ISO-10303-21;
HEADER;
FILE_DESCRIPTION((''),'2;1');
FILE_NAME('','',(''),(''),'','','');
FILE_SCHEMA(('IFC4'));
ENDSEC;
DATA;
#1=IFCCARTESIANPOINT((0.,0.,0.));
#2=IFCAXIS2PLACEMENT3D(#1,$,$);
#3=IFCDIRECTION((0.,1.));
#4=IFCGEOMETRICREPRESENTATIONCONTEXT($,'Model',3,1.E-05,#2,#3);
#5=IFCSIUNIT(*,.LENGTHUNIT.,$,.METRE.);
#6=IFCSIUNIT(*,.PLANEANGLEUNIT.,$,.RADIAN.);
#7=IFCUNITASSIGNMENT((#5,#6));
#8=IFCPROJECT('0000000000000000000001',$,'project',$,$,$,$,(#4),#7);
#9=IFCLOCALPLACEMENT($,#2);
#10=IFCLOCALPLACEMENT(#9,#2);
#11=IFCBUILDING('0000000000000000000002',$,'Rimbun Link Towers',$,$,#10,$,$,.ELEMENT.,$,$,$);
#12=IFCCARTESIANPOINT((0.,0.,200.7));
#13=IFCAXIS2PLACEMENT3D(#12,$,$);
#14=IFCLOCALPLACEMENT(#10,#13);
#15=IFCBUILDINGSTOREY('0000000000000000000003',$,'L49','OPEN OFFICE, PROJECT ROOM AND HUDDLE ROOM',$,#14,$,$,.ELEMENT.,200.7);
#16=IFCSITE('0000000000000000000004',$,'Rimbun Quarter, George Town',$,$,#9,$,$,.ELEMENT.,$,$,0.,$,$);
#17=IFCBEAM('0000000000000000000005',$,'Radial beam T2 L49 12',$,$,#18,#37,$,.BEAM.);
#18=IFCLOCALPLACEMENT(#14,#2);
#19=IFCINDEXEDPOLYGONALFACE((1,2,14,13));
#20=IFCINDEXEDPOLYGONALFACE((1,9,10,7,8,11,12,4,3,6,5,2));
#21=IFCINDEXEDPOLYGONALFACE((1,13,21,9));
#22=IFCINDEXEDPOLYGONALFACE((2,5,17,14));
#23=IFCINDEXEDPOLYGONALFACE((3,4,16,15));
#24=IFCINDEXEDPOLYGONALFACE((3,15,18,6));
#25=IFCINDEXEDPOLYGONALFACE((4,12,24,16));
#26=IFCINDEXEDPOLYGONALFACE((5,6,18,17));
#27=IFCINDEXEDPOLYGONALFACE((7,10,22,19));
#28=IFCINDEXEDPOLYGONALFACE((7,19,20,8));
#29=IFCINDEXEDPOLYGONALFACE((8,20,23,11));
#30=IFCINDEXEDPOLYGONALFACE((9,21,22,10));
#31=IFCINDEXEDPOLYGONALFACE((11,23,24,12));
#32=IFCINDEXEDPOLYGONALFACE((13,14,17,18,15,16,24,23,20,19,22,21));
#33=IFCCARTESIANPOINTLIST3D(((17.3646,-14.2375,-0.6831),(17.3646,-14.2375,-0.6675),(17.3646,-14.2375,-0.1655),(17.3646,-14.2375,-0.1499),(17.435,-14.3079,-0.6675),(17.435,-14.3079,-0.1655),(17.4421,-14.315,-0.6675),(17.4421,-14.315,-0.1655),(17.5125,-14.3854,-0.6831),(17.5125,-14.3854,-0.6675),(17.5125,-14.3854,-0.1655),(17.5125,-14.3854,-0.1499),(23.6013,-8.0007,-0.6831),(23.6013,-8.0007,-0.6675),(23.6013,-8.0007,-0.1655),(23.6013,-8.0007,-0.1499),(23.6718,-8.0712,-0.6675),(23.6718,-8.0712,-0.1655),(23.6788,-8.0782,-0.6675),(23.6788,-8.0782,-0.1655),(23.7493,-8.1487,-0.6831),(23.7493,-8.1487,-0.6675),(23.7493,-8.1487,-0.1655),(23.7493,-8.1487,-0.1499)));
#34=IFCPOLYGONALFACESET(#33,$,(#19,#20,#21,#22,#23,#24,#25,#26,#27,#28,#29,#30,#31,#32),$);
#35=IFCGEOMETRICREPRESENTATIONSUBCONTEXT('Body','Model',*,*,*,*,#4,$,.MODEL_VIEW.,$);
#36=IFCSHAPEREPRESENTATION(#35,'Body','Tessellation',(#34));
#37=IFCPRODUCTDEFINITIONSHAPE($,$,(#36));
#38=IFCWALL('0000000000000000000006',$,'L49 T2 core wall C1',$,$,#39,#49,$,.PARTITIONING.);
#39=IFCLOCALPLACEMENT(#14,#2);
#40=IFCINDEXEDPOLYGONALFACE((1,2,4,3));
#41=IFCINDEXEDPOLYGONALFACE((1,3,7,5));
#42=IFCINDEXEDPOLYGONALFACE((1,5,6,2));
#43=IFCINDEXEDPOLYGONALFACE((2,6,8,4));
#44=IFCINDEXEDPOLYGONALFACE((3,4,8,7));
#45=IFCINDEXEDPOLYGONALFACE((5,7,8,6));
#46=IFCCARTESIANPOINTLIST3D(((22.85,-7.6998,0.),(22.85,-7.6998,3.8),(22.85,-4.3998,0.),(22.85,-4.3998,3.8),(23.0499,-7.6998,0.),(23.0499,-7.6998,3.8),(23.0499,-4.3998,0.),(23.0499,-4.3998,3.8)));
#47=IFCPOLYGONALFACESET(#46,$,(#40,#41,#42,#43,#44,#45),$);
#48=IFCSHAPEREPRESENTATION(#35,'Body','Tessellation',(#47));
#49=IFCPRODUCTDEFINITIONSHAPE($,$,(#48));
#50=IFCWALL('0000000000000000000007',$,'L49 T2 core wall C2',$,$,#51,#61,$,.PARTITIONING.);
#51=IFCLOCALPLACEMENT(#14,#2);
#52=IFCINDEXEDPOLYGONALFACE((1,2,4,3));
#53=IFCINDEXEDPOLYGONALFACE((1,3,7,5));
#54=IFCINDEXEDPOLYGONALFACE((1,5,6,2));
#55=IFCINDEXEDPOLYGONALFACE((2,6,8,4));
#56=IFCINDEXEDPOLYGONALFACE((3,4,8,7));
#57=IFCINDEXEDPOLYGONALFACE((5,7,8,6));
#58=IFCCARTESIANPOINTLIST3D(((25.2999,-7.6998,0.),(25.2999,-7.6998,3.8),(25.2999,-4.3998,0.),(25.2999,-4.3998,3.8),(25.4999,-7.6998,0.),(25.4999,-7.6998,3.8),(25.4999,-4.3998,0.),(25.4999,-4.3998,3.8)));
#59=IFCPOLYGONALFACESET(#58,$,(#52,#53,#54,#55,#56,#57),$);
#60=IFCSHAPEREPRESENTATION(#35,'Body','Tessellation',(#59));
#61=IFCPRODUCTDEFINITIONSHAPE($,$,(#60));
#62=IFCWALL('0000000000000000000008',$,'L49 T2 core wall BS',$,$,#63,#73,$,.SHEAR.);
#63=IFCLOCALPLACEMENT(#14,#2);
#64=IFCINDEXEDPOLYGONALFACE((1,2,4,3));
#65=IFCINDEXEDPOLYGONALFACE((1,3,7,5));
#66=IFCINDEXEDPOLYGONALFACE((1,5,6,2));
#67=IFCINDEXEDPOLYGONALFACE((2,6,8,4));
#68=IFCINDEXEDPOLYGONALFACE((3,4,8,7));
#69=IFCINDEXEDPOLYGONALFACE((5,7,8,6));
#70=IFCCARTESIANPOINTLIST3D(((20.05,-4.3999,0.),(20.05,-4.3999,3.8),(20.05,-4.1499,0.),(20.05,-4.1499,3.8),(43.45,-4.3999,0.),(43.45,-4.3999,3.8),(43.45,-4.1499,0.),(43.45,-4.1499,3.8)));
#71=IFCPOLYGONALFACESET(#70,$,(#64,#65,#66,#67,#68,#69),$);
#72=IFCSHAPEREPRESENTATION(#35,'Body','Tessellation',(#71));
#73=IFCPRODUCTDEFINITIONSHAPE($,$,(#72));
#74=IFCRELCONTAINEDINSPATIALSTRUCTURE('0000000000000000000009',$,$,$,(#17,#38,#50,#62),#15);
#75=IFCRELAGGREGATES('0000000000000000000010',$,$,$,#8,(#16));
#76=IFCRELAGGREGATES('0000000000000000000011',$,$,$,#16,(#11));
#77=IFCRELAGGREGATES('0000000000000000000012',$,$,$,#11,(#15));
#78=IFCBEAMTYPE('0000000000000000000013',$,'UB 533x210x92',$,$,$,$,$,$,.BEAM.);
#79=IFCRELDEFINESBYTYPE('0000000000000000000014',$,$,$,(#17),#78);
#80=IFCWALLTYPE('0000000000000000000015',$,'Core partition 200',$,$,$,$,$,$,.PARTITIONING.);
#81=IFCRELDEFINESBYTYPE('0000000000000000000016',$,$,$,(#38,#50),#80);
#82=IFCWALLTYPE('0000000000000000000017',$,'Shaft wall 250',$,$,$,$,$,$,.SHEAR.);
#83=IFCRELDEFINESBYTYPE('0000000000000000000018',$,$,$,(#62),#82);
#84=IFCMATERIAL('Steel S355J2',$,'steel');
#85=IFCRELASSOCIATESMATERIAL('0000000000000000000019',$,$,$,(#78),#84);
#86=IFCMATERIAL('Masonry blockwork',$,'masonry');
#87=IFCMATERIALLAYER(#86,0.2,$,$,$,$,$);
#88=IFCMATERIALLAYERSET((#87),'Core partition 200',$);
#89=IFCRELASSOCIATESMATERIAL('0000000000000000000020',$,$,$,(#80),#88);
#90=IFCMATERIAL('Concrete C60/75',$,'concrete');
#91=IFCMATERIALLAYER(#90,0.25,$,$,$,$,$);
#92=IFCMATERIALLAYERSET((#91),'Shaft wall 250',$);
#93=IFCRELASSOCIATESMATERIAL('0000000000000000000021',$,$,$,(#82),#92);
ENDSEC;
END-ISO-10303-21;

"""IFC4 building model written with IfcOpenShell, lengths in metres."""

from ifc_helpers import new_model, si_unit, direction, frame, frame_2d, origin, origin_2d, place, context, subcontext, project, spatial, rectangle, i_section, extrude, material, layer, layer_set, material_profile, profile_set, type_object, element, save


model = new_model("IFC4")

# Units and contexts
model_context = context("Model", 3, precision=1e-05, world=origin(), true_north=direction((0.0, 1.0)))
body_context = subcontext(model_context, "Body", "Model", "MODEL_VIEW")
ifc_project = project(units=[si_unit("LENGTHUNIT", "METRE"), si_unit("PLANEANGLEUNIT", "RADIAN")], contexts=[model_context])

# Site, building, storey
site_placement = place(None, origin())
site = spatial("IfcSite", under=ifc_project, at=site_placement, Name="Rimbun Quarter, George Town", CompositionType="ELEMENT", RefElevation=0.0)
building_placement = place(site_placement, origin())
building = spatial("IfcBuilding", under=site, at=building_placement, Name="Rimbun Link Towers", CompositionType="ELEMENT")
storey_placement = place(building_placement, frame((0.0, 0.0, 200.7)))
storey = spatial("IfcBuildingStorey", under=building, at=storey_placement, Name="L49", Description="OPEN OFFICE, PROJECT ROOM AND HUDDLE ROOM", CompositionType="ELEMENT", Elevation=200.7)

# Beam
ifc_material_1 = material(Name="Steel S355J2", Category="steel")
ifc_material_profile = material_profile(ifc_material_1, i_section(OverallWidth=0.2092, OverallDepth=0.5332, WebThickness=0.01, FlangeThickness=0.0156, at=origin_2d()), Name="UB 533x210x92")
ifc_profile_set = profile_set([ifc_material_profile], Name="Steel S355J2")
beam_type = type_object("IfcBeamType", Name="UB 533x210x92", PredefinedType="BEAM", material=ifc_profile_set)
beam_placement = place(storey_placement, frame((23.6753, -8.0747, -0.4165), z_axis=(-0.707107, -0.707107, 0.0), x_axis=(0.707107, -0.707107, 0.0)))
element("IfcBeam", 1, at=beam_placement, inside=storey, type_object=beam_type, Name="Radial beam T2 L49 12", PredefinedType="BEAM", context=body_context, shape_type="SweptSolid", body=[
    extrude(i_section(OverallWidth=0.2092, OverallDepth=0.5332, WebThickness=0.01, FlangeThickness=0.0156, at=origin_2d()), origin(), (0.0, 0.0, 1.0), 8.8201),
])

# Walls
ifc_material_2 = material(Name="Masonry blockwork", Category="masonry")
ifc_layer_1 = layer(ifc_material_2, 0.2)
ifc_layer_set_1 = layer_set([ifc_layer_1], Name="Core partition 200")
wall_type_1 = type_object("IfcWallType", Name="Core partition 200", PredefinedType="PARTITIONING", material=ifc_layer_set_1)
for number, where, z_axis, x_axis, name in (
    (2, (22.95, -4.3999, 0.0), (0.0, 0.0, 1.0), (0.0, -1.0, 0.0), "L49 T2 core wall C1"),
    (3, (25.3999, -4.3999, 0.0), (0.0, 0.0, 1.0), (0.0, -1.0, 0.0), "L49 T2 core wall C2"),
):
    element("IfcWall", number, at=place(storey_placement, frame(where, z_axis=z_axis, x_axis=x_axis)), inside=storey, type_object=wall_type_1, Name=name, PredefinedType="PARTITIONING", context=body_context, shape_type="SweptSolid", body=[
        extrude(rectangle(XDim=3.3, YDim=0.2, at=frame_2d((1.6499, 0.0))), origin(), (0.0, 0.0, 1.0), 3.8),
    ])
ifc_material_3 = material(Name="Concrete C60/75", Category="concrete")
ifc_layer_2 = layer(ifc_material_3, 0.25)
ifc_layer_set_2 = layer_set([ifc_layer_2], Name="Shaft wall 250")
wall_type_2 = type_object("IfcWallType", Name="Shaft wall 250", PredefinedType="SHEAR", material=ifc_layer_set_2)
wall_1_placement = place(storey_placement, frame((20.05, -4.2749, 0.0), z_axis=(0.0, 0.0, 1.0), x_axis=(1.0, 0.0, 0.0)))
element("IfcWall", 4, at=wall_1_placement, inside=storey, type_object=wall_type_2, Name="L49 T2 core wall BS", PredefinedType="SHEAR", context=body_context, shape_type="SweptSolid", body=[
    extrude(rectangle(XDim=23.3999, YDim=0.25, at=frame_2d((11.7, 0.0))), origin(), (0.0, 0.0, 1.0), 3.8),
])

save(model, "model.ifc")
